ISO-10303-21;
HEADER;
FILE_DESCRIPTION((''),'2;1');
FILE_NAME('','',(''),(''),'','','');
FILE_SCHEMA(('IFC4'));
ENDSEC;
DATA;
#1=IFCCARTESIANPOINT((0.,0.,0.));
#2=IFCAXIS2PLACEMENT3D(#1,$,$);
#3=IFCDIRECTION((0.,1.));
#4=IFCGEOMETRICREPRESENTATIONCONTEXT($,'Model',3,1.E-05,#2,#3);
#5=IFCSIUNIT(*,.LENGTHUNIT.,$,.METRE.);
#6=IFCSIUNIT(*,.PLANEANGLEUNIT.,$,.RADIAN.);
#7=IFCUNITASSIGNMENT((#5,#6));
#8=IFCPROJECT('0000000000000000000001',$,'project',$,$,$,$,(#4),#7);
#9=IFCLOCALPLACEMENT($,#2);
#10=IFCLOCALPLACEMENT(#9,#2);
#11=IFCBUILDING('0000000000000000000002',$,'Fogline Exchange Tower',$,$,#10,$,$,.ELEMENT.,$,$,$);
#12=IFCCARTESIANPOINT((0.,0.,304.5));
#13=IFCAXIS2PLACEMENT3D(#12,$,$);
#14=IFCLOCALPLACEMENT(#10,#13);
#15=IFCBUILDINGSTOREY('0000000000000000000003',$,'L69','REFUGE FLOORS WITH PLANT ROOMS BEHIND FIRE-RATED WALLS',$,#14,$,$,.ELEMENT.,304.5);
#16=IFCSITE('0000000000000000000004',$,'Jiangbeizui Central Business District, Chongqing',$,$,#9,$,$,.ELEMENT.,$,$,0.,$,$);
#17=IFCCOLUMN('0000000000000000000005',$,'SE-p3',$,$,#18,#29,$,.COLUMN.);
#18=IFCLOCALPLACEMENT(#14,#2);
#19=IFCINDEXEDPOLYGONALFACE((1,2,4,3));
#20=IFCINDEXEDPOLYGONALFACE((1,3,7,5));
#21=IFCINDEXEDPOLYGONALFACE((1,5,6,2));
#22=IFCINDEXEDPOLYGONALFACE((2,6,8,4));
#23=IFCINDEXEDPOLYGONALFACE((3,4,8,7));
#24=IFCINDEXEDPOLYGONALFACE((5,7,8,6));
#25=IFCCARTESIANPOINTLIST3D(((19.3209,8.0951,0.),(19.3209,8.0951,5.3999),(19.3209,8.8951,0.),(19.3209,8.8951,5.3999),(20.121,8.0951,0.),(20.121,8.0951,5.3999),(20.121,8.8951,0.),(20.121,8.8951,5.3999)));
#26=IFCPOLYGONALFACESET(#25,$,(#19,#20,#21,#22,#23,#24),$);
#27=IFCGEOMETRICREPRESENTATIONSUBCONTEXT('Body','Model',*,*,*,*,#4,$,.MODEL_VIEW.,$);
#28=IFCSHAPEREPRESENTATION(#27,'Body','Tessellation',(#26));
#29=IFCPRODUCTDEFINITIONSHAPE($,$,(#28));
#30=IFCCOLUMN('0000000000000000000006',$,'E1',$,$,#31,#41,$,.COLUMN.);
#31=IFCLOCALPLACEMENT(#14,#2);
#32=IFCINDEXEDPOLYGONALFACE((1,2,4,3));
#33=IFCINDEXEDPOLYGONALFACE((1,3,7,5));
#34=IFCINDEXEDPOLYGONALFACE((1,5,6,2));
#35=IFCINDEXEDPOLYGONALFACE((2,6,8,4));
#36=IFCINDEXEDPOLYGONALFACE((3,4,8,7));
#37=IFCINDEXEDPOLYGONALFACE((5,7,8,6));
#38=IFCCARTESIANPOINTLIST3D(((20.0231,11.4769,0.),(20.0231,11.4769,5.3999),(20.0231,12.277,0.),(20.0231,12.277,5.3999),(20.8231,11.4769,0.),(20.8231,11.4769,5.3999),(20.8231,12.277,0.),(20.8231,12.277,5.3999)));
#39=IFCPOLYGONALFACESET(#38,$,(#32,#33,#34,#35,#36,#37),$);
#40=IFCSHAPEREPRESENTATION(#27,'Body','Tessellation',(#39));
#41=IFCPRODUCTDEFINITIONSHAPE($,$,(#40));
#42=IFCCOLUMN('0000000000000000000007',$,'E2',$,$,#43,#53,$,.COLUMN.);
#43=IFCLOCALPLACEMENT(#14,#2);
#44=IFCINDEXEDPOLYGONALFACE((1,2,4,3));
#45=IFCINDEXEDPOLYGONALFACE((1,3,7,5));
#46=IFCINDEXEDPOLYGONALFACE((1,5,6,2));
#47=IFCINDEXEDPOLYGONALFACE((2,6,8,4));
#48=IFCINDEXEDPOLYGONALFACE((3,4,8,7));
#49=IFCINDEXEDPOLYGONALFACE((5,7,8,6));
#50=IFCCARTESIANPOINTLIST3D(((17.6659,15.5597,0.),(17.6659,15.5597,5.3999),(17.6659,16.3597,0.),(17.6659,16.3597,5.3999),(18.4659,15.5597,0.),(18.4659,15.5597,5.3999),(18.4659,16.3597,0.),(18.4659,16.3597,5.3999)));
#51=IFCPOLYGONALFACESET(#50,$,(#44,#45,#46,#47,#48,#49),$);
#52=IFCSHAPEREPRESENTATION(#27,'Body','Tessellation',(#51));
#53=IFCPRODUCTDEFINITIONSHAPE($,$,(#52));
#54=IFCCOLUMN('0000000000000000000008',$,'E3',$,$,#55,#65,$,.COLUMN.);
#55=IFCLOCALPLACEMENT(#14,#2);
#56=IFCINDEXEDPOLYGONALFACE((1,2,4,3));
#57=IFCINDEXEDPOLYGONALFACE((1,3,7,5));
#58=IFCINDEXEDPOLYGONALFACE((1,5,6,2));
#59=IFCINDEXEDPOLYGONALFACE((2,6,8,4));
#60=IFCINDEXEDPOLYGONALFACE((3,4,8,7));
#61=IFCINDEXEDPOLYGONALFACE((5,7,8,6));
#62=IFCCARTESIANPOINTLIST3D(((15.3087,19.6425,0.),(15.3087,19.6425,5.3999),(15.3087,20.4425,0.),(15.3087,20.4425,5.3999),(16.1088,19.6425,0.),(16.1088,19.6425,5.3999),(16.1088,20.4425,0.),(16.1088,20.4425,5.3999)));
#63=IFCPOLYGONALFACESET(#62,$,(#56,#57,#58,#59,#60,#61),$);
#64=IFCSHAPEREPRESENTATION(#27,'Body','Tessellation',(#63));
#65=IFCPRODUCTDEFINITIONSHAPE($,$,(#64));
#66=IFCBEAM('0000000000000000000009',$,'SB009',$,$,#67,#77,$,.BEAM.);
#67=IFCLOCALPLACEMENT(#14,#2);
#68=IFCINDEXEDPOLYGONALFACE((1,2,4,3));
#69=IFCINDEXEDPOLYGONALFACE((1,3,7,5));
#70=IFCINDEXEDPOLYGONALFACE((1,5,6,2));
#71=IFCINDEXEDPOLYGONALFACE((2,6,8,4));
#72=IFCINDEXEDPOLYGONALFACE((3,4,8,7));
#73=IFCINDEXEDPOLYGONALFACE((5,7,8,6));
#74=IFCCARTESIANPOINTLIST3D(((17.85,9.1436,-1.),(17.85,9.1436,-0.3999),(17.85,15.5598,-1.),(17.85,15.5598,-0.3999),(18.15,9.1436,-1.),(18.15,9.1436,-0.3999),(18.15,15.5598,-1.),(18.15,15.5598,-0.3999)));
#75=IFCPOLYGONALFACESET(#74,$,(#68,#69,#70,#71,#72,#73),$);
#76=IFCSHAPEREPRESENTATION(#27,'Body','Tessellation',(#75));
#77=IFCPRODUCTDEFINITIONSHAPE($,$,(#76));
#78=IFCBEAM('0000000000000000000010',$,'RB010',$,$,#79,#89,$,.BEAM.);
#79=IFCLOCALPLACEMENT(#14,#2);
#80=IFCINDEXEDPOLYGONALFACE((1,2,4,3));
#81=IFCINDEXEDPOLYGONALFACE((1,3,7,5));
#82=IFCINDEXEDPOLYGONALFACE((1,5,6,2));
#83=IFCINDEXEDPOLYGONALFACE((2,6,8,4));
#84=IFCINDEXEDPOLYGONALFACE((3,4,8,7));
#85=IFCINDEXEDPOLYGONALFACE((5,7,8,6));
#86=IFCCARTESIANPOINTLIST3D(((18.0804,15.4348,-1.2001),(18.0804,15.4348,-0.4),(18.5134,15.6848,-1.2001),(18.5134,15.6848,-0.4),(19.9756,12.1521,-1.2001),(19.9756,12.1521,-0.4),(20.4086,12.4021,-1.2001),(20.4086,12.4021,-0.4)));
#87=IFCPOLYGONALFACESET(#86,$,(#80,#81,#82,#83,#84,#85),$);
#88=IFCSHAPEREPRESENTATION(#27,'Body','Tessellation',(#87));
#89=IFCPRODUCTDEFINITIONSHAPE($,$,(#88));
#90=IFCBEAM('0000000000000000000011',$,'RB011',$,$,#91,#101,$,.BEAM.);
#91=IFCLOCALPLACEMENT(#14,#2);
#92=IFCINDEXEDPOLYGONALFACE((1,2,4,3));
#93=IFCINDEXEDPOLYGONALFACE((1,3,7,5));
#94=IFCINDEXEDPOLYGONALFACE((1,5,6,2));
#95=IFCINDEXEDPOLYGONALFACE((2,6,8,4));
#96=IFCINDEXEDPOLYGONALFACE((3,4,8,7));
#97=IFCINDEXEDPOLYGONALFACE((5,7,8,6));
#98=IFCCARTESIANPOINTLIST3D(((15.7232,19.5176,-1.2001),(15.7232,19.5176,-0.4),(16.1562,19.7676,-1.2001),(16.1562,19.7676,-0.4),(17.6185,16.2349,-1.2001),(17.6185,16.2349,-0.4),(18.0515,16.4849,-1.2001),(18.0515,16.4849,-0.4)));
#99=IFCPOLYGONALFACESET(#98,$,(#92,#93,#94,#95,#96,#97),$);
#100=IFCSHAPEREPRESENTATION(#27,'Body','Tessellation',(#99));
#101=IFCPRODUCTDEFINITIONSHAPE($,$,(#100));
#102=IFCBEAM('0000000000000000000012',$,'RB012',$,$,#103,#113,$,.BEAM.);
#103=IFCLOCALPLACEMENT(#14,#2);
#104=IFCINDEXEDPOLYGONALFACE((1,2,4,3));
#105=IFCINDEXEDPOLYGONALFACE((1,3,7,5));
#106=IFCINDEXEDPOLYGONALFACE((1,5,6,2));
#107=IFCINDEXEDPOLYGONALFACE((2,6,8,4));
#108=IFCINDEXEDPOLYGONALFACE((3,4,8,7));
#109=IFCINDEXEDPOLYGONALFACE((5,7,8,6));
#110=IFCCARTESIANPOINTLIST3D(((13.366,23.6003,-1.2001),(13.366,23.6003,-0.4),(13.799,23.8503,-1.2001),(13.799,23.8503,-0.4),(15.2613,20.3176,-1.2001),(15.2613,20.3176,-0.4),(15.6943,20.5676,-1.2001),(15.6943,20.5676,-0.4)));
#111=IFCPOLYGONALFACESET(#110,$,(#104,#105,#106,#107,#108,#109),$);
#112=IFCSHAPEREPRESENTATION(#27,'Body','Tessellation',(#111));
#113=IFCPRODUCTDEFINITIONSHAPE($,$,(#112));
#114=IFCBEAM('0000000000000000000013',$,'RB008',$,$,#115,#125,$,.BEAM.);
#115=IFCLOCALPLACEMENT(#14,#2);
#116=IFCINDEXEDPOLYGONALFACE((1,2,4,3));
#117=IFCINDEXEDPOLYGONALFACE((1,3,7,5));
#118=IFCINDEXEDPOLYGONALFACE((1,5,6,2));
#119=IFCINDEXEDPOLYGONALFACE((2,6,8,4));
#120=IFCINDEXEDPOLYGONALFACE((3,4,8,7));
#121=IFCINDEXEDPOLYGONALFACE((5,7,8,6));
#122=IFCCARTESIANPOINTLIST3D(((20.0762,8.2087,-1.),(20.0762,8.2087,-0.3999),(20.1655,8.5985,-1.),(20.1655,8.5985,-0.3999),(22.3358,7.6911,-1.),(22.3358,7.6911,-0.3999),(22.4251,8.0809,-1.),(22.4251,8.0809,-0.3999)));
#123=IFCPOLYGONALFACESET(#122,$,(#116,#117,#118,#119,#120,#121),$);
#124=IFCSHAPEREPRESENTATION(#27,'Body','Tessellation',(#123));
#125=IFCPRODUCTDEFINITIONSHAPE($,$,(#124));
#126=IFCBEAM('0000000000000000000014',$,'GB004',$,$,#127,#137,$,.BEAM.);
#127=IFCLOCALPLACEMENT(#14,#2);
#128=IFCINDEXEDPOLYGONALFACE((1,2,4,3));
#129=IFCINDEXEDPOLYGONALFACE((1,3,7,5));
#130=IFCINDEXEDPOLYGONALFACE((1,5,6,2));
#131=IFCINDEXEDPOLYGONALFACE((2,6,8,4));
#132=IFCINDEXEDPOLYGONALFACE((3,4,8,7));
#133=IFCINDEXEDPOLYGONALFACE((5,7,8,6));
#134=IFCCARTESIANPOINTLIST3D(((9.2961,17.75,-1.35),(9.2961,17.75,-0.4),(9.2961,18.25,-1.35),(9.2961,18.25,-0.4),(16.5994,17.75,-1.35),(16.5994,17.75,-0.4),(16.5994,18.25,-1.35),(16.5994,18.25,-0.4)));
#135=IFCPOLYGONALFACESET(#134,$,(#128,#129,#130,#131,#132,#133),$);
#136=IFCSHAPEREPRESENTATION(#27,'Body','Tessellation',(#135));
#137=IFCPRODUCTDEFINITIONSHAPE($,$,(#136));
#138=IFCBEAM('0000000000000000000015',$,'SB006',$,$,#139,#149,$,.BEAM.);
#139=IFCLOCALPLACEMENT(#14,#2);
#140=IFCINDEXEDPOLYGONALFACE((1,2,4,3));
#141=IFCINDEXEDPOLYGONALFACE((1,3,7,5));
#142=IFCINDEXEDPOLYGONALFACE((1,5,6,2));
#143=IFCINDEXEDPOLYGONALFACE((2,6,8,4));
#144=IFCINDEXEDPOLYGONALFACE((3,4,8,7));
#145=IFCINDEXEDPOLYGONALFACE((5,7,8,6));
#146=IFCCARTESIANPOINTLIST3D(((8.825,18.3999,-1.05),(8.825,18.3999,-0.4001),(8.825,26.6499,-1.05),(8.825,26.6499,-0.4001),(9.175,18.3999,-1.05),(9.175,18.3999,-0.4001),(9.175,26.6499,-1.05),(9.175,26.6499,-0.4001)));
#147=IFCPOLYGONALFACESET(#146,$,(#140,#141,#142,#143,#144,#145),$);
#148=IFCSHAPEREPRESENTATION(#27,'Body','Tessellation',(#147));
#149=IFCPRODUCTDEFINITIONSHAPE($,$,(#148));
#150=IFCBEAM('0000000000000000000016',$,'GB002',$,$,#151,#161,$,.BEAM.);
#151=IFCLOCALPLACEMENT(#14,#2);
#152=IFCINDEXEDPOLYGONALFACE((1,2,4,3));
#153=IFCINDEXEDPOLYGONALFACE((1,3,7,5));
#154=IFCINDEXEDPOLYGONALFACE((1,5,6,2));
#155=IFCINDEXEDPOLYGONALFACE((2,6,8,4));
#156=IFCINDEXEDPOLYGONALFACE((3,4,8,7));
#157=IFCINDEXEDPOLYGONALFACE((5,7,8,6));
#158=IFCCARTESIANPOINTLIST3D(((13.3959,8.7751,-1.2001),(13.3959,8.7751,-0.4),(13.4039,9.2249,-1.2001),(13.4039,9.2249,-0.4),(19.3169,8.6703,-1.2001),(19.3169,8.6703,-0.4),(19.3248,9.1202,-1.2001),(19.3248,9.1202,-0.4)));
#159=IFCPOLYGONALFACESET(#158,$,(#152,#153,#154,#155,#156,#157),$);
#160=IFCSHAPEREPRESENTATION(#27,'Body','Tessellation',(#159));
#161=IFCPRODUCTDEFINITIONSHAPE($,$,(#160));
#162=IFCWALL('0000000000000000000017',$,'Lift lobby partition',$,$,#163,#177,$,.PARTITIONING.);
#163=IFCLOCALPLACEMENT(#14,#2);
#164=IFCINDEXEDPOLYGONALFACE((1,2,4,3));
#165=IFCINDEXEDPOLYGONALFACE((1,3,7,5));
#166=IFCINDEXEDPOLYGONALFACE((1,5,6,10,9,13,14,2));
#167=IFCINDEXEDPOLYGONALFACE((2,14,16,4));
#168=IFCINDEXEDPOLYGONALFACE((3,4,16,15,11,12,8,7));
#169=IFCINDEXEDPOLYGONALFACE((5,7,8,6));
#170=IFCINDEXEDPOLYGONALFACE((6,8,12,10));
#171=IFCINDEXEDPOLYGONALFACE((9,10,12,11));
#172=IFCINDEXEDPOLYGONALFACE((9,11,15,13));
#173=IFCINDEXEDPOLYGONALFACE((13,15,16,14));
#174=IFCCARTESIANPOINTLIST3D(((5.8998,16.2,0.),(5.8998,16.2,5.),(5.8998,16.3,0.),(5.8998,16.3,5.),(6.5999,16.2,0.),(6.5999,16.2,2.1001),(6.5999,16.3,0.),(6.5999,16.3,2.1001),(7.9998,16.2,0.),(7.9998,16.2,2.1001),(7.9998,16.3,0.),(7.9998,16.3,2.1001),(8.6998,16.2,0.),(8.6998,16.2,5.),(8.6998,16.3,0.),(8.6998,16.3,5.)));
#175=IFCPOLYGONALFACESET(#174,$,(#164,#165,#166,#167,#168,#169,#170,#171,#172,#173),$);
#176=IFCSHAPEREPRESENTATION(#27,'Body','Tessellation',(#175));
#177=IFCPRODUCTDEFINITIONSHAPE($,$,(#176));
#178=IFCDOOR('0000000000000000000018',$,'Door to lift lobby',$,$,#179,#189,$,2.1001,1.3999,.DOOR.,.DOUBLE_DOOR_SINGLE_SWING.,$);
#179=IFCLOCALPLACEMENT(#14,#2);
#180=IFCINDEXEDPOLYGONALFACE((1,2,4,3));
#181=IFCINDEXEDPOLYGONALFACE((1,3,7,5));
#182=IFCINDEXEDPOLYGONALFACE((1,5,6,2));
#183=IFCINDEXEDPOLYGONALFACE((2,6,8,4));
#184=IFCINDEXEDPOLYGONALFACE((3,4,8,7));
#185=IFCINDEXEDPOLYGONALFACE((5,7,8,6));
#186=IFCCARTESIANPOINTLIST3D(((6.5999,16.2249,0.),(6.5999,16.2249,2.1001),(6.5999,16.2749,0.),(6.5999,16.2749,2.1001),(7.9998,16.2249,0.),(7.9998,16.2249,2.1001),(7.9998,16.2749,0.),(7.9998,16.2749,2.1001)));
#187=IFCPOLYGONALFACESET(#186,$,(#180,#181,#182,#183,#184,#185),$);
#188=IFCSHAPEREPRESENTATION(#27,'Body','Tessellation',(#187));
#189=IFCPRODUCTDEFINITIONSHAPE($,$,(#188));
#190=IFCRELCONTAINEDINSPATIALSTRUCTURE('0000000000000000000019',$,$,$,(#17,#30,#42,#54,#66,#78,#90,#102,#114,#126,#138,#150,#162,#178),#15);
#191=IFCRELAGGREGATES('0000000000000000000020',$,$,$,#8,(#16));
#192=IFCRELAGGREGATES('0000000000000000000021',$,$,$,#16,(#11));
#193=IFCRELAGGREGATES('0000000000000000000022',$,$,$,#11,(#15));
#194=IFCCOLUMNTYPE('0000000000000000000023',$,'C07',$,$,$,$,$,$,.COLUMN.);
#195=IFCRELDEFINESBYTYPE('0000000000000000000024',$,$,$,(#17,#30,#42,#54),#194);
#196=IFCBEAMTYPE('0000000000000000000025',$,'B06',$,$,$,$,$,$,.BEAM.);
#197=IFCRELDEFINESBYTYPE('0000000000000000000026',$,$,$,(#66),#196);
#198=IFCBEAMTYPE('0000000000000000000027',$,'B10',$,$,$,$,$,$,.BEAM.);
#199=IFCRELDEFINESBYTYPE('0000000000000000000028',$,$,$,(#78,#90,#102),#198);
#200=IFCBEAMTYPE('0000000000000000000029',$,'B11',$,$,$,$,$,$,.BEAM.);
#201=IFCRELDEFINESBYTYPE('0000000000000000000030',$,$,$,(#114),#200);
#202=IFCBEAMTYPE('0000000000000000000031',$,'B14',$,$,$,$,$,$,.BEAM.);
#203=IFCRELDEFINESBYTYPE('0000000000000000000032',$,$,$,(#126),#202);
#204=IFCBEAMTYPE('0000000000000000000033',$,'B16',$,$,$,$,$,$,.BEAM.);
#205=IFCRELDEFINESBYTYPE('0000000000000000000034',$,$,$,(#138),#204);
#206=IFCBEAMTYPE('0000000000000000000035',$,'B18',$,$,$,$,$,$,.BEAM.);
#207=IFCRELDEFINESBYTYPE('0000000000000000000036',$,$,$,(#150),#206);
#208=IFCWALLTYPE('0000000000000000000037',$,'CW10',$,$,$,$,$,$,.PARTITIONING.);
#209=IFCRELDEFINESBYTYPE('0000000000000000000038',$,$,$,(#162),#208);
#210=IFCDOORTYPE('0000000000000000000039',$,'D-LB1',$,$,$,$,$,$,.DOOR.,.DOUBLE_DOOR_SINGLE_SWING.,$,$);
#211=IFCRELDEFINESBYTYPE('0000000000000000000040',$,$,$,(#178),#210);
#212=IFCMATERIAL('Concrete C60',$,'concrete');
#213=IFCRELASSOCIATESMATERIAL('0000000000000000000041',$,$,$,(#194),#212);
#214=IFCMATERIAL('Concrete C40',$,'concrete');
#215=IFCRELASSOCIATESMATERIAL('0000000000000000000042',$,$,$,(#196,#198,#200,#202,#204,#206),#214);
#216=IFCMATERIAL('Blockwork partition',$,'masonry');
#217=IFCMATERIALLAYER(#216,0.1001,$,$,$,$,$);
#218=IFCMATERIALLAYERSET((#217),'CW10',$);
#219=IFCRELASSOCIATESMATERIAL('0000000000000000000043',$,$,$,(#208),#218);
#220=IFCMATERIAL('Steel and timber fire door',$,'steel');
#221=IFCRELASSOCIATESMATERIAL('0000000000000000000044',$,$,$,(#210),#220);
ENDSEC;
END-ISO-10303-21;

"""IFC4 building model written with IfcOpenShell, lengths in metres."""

from ifc_helpers import new_model, si_unit, direction, frame, frame_2d, origin, origin_2d, place, context, subcontext, project, spatial, rectangle, extrude, material, layer, layer_set, material_profile, profile_set, type_object, element, fill, save


model = new_model("IFC4")

# Units and contexts
model_context = context("Model", 3, precision=1e-05, world=origin(), true_north=direction((0.0, 1.0)))
body_context = subcontext(model_context, "Body", "Model", "MODEL_VIEW")
ifc_project = project(units=[si_unit("LENGTHUNIT", "METRE"), si_unit("PLANEANGLEUNIT", "RADIAN")], contexts=[model_context])

# Site, building, storey
site_placement = place(None, origin())
site = spatial("IfcSite", under=ifc_project, at=site_placement, Name="Jiangbeizui Central Business District, Chongqing", CompositionType="ELEMENT", RefElevation=0.0)
building_placement = place(site_placement, origin())
building = spatial("IfcBuilding", under=site, at=building_placement, Name="Fogline Exchange Tower", CompositionType="ELEMENT")
storey_placement = place(building_placement, frame((0.0, 0.0, 304.5)))
storey = spatial("IfcBuildingStorey", under=building, at=storey_placement, Name="L69", Description="REFUGE FLOORS WITH PLANT ROOMS BEHIND FIRE-RATED WALLS", CompositionType="ELEMENT", Elevation=304.5)

# Columns
ifc_material_1 = material(Name="Concrete C60", Category="concrete")
ifc_material_profile_1 = material_profile(ifc_material_1, rectangle(XDim=0.8, YDim=0.8, at=origin_2d()), Name="RC 800x800")
ifc_profile_set_1 = profile_set([ifc_material_profile_1], Name="Concrete C60")
column_type = type_object("IfcColumnType", Name="C07", PredefinedType="COLUMN", material=ifc_profile_set_1)
for number, where, z_axis, x_axis, name in (
    (1, (19.7209, 8.4951, 0.0), (0.0, 0.0, 1.0), (1.0, 0.0, 0.0), "SE-p3"),
    (2, (20.4231, 11.877, 0.0), (0.0, 0.0, 1.0), (1.0, 0.0, 0.0), "E1"),
    (3, (18.0659, 15.9597, 0.0), (0.0, 0.0, 1.0), (1.0, 0.0, 0.0), "E2"),
    (4, (15.7087, 20.0425, 0.0), (0.0, 0.0, 1.0), (1.0, 0.0, 0.0), "E3"),
):
    element("IfcColumn", number, at=place(storey_placement, frame(where, z_axis=z_axis, x_axis=x_axis)), inside=storey, type_object=column_type, Name=name, PredefinedType="COLUMN", context=body_context, shape_type="SweptSolid", body=[
        extrude(rectangle(XDim=0.8, YDim=0.8, at=origin_2d()), origin(), (0.0, 0.0, 1.0), 5.3999),
    ])

# Beams
ifc_material_2 = material(Name="Concrete C40", Category="concrete")
ifc_material_profile_2 = material_profile(ifc_material_2, rectangle(XDim=0.3, YDim=0.6001, at=origin_2d()), Name="RC 300x600")
ifc_profile_set_2 = profile_set([ifc_material_profile_2], Name="Concrete C40")
beam_type_1 = type_object("IfcBeamType", Name="B06", PredefinedType="BEAM", material=ifc_profile_set_2)
beam_1_placement = place(storey_placement, frame((18.0, 9.1436, -0.7), z_axis=(0.0, 1.0, 0.0), x_axis=(-1.0, 0.0, 0.0)))
element("IfcBeam", 5, at=beam_1_placement, inside=storey, type_object=beam_type_1, Name="SB009", PredefinedType="BEAM", context=body_context, shape_type="SweptSolid", body=[
    extrude(rectangle(XDim=0.3, YDim=0.6001, at=origin_2d()), origin(), (0.0, 0.0, 1.0), 6.4163),
])
ifc_material_profile_3 = material_profile(ifc_material_2, rectangle(XDim=0.5, YDim=0.8, at=origin_2d()), Name="RC 500x800")
ifc_profile_set_3 = profile_set([ifc_material_profile_3], Name="Concrete C40")
beam_type_2 = type_object("IfcBeamType", Name="B10", PredefinedType="BEAM", material=ifc_profile_set_3)
for number, where, z_axis, x_axis, name in (
    (6, (20.1921, 12.2771, -0.8), (-0.499998, 0.866027, 0.0), (-0.866027, -0.499998, 0.0), "RB010"),
    (7, (17.835, 16.3599, -0.8), (-0.499998, 0.866027, 0.0), (-0.866027, -0.499998, 0.0), "RB011"),
    (8, (15.4778, 20.4426, -0.8), (-0.499998, 0.866027, 0.0), (-0.866027, -0.499998, 0.0), "RB012"),
):
    element("IfcBeam", number, at=place(storey_placement, frame(where, z_axis=z_axis, x_axis=x_axis)), inside=storey, type_object=beam_type_2, Name=name, PredefinedType="BEAM", context=body_context, shape_type="SweptSolid", body=[
        extrude(rectangle(XDim=0.5, YDim=0.8, at=origin_2d()), origin(), (0.0, 0.0, 1.0), 3.7905),
    ])
ifc_material_profile_4 = material_profile(ifc_material_2, rectangle(XDim=0.3999, YDim=0.6001, at=origin_2d()), Name="RC 400x600")
ifc_profile_set_4 = profile_set([ifc_material_profile_4], Name="Concrete C40")
beam_type_3 = type_object("IfcBeamType", Name="B11", PredefinedType="BEAM", material=ifc_profile_set_4)
beam_2_placement = place(storey_placement, frame((20.1208, 8.4036, -0.7), z_axis=(0.974754, -0.223282, 0.0), x_axis=(0.223282, 0.974754, 0.0)))
element("IfcBeam", 9, at=beam_2_placement, inside=storey, type_object=beam_type_3, Name="RB008", PredefinedType="BEAM", context=body_context, shape_type="SweptSolid", body=[
    extrude(rectangle(XDim=0.3999, YDim=0.6001, at=origin_2d()), origin(), (0.0, 0.0, 1.0), 2.3181),
])
ifc_material_profile_5 = material_profile(ifc_material_2, rectangle(XDim=0.5, YDim=0.95, at=origin_2d()), Name="RC 500x950")
ifc_profile_set_5 = profile_set([ifc_material_profile_5], Name="Concrete C40")
beam_type_4 = type_object("IfcBeamType", Name="B14", PredefinedType="BEAM", material=ifc_profile_set_5)
beam_3_placement = place(storey_placement, frame((9.2961, 18.0, -0.875), z_axis=(1.0, 0.0, 0.0), x_axis=(0.0, 1.0, 0.0)))
element("IfcBeam", 10, at=beam_3_placement, inside=storey, type_object=beam_type_4, Name="GB004", PredefinedType="BEAM", context=body_context, shape_type="SweptSolid", body=[
    extrude(rectangle(XDim=0.5, YDim=0.95, at=origin_2d()), origin(), (0.0, 0.0, 1.0), 7.3032),
])
ifc_material_profile_6 = material_profile(ifc_material_2, rectangle(XDim=0.3501, YDim=0.6499, at=origin_2d()), Name="RC 350x650")
ifc_profile_set_6 = profile_set([ifc_material_profile_6], Name="Concrete C40")
beam_type_5 = type_object("IfcBeamType", Name="B16", PredefinedType="BEAM", material=ifc_profile_set_6)
beam_4_placement = place(storey_placement, frame((9.0, 18.3999, -0.7251), z_axis=(0.0, 1.0, 0.0), x_axis=(-1.0, 0.0, 0.0)))
element("IfcBeam", 11, at=beam_4_placement, inside=storey, type_object=beam_type_5, Name="SB006", PredefinedType="BEAM", context=body_context, shape_type="SweptSolid", body=[
    extrude(rectangle(XDim=0.3501, YDim=0.6499, at=origin_2d()), origin(), (0.0, 0.0, 1.0), 8.25),
])
ifc_material_profile_7 = material_profile(ifc_material_2, rectangle(XDim=0.45, YDim=0.8, at=origin_2d()), Name="RC 450x800")
ifc_profile_set_7 = profile_set([ifc_material_profile_7], Name="Concrete C40")
beam_type_6 = type_object("IfcBeamType", Name="B18", PredefinedType="BEAM", material=ifc_profile_set_7)
beam_5_placement = place(storey_placement, frame((13.3999, 9.0, -0.8), z_axis=(0.999844, -0.017686, 0.0), x_axis=(0.017686, 0.999844, 0.0)))
element("IfcBeam", 12, at=beam_5_placement, inside=storey, type_object=beam_type_6, Name="GB002", PredefinedType="BEAM", context=body_context, shape_type="SweptSolid", body=[
    extrude(rectangle(XDim=0.45, YDim=0.8, at=origin_2d()), origin(), (0.0, 0.0, 1.0), 5.9219),
])

# Wall, opening, door
ifc_material_3 = material(Name="Blockwork partition", Category="masonry")
ifc_layer_1 = layer(ifc_material_3, 0.1001)
ifc_layer_set_1 = layer_set([ifc_layer_1], Name="CW10")
wall_type_1 = type_object("IfcWallType", Name="CW10", PredefinedType="PARTITIONING", material=ifc_layer_set_1)
wall_1_placement = place(storey_placement, frame((5.8999, 16.25, 0.0), z_axis=(0.0, 0.0, 1.0), x_axis=(1.0, 0.0, 0.0)))
wall_1 = element("IfcWall", 13, at=wall_1_placement, inside=storey, type_object=wall_type_1, Name="Lift lobby partition", PredefinedType="PARTITIONING", context=body_context, shape_type="SweptSolid", body=[
    extrude(rectangle(XDim=2.8, YDim=0.1001, at=frame_2d((1.3999, 0.0))), origin(), (0.0, 0.0, 1.0), 5.0),
])
opening_1_placement = place(wall_1_placement, frame((0.7, 0.0, 0.0)))
opening_1 = element("IfcOpeningElement", 14, at=opening_1_placement, cuts=wall_1, PredefinedType="OPENING", context=body_context, shape_type="SweptSolid", body=[
    extrude(rectangle(XDim=1.3999, YDim=2.1001, at=frame_2d((0.7, 1.05))), frame((0.0, 0.0601, 0.0), z_axis=(0.0, -1.0, 0.0), x_axis=(1.0, 0.0, 0.0)), (0.0, 0.0, 1.0), 0.1201),
])
ifc_material_4 = material(Name="Steel and timber fire door", Category="steel")
door_type_1 = type_object("IfcDoorType", Name="D-LB1", OperationType="DOUBLE_DOOR_SINGLE_SWING", PredefinedType="DOOR", material=ifc_material_4)
door_1_placement = place(opening_1_placement, origin())
door_1 = element("IfcDoor", 15, at=door_1_placement, inside=storey, type_object=door_type_1, Name="Door to lift lobby", OperationType="DOUBLE_DOOR_SINGLE_SWING", OverallHeight=2.1001, OverallWidth=1.3999, PredefinedType="DOOR", context=body_context, shape_type="SweptSolid", body=[
    extrude(rectangle(XDim=1.3999, YDim=2.1001, at=frame_2d((0.7, 1.05))), frame((0.0, 0.0249, 0.0), z_axis=(0.0, -1.0, 0.0), x_axis=(1.0, 0.0, 0.0)), (0.0, 0.0, 1.0), 0.05),
])
fill(opening_1, door_1)

save(model, "model.ifc")
